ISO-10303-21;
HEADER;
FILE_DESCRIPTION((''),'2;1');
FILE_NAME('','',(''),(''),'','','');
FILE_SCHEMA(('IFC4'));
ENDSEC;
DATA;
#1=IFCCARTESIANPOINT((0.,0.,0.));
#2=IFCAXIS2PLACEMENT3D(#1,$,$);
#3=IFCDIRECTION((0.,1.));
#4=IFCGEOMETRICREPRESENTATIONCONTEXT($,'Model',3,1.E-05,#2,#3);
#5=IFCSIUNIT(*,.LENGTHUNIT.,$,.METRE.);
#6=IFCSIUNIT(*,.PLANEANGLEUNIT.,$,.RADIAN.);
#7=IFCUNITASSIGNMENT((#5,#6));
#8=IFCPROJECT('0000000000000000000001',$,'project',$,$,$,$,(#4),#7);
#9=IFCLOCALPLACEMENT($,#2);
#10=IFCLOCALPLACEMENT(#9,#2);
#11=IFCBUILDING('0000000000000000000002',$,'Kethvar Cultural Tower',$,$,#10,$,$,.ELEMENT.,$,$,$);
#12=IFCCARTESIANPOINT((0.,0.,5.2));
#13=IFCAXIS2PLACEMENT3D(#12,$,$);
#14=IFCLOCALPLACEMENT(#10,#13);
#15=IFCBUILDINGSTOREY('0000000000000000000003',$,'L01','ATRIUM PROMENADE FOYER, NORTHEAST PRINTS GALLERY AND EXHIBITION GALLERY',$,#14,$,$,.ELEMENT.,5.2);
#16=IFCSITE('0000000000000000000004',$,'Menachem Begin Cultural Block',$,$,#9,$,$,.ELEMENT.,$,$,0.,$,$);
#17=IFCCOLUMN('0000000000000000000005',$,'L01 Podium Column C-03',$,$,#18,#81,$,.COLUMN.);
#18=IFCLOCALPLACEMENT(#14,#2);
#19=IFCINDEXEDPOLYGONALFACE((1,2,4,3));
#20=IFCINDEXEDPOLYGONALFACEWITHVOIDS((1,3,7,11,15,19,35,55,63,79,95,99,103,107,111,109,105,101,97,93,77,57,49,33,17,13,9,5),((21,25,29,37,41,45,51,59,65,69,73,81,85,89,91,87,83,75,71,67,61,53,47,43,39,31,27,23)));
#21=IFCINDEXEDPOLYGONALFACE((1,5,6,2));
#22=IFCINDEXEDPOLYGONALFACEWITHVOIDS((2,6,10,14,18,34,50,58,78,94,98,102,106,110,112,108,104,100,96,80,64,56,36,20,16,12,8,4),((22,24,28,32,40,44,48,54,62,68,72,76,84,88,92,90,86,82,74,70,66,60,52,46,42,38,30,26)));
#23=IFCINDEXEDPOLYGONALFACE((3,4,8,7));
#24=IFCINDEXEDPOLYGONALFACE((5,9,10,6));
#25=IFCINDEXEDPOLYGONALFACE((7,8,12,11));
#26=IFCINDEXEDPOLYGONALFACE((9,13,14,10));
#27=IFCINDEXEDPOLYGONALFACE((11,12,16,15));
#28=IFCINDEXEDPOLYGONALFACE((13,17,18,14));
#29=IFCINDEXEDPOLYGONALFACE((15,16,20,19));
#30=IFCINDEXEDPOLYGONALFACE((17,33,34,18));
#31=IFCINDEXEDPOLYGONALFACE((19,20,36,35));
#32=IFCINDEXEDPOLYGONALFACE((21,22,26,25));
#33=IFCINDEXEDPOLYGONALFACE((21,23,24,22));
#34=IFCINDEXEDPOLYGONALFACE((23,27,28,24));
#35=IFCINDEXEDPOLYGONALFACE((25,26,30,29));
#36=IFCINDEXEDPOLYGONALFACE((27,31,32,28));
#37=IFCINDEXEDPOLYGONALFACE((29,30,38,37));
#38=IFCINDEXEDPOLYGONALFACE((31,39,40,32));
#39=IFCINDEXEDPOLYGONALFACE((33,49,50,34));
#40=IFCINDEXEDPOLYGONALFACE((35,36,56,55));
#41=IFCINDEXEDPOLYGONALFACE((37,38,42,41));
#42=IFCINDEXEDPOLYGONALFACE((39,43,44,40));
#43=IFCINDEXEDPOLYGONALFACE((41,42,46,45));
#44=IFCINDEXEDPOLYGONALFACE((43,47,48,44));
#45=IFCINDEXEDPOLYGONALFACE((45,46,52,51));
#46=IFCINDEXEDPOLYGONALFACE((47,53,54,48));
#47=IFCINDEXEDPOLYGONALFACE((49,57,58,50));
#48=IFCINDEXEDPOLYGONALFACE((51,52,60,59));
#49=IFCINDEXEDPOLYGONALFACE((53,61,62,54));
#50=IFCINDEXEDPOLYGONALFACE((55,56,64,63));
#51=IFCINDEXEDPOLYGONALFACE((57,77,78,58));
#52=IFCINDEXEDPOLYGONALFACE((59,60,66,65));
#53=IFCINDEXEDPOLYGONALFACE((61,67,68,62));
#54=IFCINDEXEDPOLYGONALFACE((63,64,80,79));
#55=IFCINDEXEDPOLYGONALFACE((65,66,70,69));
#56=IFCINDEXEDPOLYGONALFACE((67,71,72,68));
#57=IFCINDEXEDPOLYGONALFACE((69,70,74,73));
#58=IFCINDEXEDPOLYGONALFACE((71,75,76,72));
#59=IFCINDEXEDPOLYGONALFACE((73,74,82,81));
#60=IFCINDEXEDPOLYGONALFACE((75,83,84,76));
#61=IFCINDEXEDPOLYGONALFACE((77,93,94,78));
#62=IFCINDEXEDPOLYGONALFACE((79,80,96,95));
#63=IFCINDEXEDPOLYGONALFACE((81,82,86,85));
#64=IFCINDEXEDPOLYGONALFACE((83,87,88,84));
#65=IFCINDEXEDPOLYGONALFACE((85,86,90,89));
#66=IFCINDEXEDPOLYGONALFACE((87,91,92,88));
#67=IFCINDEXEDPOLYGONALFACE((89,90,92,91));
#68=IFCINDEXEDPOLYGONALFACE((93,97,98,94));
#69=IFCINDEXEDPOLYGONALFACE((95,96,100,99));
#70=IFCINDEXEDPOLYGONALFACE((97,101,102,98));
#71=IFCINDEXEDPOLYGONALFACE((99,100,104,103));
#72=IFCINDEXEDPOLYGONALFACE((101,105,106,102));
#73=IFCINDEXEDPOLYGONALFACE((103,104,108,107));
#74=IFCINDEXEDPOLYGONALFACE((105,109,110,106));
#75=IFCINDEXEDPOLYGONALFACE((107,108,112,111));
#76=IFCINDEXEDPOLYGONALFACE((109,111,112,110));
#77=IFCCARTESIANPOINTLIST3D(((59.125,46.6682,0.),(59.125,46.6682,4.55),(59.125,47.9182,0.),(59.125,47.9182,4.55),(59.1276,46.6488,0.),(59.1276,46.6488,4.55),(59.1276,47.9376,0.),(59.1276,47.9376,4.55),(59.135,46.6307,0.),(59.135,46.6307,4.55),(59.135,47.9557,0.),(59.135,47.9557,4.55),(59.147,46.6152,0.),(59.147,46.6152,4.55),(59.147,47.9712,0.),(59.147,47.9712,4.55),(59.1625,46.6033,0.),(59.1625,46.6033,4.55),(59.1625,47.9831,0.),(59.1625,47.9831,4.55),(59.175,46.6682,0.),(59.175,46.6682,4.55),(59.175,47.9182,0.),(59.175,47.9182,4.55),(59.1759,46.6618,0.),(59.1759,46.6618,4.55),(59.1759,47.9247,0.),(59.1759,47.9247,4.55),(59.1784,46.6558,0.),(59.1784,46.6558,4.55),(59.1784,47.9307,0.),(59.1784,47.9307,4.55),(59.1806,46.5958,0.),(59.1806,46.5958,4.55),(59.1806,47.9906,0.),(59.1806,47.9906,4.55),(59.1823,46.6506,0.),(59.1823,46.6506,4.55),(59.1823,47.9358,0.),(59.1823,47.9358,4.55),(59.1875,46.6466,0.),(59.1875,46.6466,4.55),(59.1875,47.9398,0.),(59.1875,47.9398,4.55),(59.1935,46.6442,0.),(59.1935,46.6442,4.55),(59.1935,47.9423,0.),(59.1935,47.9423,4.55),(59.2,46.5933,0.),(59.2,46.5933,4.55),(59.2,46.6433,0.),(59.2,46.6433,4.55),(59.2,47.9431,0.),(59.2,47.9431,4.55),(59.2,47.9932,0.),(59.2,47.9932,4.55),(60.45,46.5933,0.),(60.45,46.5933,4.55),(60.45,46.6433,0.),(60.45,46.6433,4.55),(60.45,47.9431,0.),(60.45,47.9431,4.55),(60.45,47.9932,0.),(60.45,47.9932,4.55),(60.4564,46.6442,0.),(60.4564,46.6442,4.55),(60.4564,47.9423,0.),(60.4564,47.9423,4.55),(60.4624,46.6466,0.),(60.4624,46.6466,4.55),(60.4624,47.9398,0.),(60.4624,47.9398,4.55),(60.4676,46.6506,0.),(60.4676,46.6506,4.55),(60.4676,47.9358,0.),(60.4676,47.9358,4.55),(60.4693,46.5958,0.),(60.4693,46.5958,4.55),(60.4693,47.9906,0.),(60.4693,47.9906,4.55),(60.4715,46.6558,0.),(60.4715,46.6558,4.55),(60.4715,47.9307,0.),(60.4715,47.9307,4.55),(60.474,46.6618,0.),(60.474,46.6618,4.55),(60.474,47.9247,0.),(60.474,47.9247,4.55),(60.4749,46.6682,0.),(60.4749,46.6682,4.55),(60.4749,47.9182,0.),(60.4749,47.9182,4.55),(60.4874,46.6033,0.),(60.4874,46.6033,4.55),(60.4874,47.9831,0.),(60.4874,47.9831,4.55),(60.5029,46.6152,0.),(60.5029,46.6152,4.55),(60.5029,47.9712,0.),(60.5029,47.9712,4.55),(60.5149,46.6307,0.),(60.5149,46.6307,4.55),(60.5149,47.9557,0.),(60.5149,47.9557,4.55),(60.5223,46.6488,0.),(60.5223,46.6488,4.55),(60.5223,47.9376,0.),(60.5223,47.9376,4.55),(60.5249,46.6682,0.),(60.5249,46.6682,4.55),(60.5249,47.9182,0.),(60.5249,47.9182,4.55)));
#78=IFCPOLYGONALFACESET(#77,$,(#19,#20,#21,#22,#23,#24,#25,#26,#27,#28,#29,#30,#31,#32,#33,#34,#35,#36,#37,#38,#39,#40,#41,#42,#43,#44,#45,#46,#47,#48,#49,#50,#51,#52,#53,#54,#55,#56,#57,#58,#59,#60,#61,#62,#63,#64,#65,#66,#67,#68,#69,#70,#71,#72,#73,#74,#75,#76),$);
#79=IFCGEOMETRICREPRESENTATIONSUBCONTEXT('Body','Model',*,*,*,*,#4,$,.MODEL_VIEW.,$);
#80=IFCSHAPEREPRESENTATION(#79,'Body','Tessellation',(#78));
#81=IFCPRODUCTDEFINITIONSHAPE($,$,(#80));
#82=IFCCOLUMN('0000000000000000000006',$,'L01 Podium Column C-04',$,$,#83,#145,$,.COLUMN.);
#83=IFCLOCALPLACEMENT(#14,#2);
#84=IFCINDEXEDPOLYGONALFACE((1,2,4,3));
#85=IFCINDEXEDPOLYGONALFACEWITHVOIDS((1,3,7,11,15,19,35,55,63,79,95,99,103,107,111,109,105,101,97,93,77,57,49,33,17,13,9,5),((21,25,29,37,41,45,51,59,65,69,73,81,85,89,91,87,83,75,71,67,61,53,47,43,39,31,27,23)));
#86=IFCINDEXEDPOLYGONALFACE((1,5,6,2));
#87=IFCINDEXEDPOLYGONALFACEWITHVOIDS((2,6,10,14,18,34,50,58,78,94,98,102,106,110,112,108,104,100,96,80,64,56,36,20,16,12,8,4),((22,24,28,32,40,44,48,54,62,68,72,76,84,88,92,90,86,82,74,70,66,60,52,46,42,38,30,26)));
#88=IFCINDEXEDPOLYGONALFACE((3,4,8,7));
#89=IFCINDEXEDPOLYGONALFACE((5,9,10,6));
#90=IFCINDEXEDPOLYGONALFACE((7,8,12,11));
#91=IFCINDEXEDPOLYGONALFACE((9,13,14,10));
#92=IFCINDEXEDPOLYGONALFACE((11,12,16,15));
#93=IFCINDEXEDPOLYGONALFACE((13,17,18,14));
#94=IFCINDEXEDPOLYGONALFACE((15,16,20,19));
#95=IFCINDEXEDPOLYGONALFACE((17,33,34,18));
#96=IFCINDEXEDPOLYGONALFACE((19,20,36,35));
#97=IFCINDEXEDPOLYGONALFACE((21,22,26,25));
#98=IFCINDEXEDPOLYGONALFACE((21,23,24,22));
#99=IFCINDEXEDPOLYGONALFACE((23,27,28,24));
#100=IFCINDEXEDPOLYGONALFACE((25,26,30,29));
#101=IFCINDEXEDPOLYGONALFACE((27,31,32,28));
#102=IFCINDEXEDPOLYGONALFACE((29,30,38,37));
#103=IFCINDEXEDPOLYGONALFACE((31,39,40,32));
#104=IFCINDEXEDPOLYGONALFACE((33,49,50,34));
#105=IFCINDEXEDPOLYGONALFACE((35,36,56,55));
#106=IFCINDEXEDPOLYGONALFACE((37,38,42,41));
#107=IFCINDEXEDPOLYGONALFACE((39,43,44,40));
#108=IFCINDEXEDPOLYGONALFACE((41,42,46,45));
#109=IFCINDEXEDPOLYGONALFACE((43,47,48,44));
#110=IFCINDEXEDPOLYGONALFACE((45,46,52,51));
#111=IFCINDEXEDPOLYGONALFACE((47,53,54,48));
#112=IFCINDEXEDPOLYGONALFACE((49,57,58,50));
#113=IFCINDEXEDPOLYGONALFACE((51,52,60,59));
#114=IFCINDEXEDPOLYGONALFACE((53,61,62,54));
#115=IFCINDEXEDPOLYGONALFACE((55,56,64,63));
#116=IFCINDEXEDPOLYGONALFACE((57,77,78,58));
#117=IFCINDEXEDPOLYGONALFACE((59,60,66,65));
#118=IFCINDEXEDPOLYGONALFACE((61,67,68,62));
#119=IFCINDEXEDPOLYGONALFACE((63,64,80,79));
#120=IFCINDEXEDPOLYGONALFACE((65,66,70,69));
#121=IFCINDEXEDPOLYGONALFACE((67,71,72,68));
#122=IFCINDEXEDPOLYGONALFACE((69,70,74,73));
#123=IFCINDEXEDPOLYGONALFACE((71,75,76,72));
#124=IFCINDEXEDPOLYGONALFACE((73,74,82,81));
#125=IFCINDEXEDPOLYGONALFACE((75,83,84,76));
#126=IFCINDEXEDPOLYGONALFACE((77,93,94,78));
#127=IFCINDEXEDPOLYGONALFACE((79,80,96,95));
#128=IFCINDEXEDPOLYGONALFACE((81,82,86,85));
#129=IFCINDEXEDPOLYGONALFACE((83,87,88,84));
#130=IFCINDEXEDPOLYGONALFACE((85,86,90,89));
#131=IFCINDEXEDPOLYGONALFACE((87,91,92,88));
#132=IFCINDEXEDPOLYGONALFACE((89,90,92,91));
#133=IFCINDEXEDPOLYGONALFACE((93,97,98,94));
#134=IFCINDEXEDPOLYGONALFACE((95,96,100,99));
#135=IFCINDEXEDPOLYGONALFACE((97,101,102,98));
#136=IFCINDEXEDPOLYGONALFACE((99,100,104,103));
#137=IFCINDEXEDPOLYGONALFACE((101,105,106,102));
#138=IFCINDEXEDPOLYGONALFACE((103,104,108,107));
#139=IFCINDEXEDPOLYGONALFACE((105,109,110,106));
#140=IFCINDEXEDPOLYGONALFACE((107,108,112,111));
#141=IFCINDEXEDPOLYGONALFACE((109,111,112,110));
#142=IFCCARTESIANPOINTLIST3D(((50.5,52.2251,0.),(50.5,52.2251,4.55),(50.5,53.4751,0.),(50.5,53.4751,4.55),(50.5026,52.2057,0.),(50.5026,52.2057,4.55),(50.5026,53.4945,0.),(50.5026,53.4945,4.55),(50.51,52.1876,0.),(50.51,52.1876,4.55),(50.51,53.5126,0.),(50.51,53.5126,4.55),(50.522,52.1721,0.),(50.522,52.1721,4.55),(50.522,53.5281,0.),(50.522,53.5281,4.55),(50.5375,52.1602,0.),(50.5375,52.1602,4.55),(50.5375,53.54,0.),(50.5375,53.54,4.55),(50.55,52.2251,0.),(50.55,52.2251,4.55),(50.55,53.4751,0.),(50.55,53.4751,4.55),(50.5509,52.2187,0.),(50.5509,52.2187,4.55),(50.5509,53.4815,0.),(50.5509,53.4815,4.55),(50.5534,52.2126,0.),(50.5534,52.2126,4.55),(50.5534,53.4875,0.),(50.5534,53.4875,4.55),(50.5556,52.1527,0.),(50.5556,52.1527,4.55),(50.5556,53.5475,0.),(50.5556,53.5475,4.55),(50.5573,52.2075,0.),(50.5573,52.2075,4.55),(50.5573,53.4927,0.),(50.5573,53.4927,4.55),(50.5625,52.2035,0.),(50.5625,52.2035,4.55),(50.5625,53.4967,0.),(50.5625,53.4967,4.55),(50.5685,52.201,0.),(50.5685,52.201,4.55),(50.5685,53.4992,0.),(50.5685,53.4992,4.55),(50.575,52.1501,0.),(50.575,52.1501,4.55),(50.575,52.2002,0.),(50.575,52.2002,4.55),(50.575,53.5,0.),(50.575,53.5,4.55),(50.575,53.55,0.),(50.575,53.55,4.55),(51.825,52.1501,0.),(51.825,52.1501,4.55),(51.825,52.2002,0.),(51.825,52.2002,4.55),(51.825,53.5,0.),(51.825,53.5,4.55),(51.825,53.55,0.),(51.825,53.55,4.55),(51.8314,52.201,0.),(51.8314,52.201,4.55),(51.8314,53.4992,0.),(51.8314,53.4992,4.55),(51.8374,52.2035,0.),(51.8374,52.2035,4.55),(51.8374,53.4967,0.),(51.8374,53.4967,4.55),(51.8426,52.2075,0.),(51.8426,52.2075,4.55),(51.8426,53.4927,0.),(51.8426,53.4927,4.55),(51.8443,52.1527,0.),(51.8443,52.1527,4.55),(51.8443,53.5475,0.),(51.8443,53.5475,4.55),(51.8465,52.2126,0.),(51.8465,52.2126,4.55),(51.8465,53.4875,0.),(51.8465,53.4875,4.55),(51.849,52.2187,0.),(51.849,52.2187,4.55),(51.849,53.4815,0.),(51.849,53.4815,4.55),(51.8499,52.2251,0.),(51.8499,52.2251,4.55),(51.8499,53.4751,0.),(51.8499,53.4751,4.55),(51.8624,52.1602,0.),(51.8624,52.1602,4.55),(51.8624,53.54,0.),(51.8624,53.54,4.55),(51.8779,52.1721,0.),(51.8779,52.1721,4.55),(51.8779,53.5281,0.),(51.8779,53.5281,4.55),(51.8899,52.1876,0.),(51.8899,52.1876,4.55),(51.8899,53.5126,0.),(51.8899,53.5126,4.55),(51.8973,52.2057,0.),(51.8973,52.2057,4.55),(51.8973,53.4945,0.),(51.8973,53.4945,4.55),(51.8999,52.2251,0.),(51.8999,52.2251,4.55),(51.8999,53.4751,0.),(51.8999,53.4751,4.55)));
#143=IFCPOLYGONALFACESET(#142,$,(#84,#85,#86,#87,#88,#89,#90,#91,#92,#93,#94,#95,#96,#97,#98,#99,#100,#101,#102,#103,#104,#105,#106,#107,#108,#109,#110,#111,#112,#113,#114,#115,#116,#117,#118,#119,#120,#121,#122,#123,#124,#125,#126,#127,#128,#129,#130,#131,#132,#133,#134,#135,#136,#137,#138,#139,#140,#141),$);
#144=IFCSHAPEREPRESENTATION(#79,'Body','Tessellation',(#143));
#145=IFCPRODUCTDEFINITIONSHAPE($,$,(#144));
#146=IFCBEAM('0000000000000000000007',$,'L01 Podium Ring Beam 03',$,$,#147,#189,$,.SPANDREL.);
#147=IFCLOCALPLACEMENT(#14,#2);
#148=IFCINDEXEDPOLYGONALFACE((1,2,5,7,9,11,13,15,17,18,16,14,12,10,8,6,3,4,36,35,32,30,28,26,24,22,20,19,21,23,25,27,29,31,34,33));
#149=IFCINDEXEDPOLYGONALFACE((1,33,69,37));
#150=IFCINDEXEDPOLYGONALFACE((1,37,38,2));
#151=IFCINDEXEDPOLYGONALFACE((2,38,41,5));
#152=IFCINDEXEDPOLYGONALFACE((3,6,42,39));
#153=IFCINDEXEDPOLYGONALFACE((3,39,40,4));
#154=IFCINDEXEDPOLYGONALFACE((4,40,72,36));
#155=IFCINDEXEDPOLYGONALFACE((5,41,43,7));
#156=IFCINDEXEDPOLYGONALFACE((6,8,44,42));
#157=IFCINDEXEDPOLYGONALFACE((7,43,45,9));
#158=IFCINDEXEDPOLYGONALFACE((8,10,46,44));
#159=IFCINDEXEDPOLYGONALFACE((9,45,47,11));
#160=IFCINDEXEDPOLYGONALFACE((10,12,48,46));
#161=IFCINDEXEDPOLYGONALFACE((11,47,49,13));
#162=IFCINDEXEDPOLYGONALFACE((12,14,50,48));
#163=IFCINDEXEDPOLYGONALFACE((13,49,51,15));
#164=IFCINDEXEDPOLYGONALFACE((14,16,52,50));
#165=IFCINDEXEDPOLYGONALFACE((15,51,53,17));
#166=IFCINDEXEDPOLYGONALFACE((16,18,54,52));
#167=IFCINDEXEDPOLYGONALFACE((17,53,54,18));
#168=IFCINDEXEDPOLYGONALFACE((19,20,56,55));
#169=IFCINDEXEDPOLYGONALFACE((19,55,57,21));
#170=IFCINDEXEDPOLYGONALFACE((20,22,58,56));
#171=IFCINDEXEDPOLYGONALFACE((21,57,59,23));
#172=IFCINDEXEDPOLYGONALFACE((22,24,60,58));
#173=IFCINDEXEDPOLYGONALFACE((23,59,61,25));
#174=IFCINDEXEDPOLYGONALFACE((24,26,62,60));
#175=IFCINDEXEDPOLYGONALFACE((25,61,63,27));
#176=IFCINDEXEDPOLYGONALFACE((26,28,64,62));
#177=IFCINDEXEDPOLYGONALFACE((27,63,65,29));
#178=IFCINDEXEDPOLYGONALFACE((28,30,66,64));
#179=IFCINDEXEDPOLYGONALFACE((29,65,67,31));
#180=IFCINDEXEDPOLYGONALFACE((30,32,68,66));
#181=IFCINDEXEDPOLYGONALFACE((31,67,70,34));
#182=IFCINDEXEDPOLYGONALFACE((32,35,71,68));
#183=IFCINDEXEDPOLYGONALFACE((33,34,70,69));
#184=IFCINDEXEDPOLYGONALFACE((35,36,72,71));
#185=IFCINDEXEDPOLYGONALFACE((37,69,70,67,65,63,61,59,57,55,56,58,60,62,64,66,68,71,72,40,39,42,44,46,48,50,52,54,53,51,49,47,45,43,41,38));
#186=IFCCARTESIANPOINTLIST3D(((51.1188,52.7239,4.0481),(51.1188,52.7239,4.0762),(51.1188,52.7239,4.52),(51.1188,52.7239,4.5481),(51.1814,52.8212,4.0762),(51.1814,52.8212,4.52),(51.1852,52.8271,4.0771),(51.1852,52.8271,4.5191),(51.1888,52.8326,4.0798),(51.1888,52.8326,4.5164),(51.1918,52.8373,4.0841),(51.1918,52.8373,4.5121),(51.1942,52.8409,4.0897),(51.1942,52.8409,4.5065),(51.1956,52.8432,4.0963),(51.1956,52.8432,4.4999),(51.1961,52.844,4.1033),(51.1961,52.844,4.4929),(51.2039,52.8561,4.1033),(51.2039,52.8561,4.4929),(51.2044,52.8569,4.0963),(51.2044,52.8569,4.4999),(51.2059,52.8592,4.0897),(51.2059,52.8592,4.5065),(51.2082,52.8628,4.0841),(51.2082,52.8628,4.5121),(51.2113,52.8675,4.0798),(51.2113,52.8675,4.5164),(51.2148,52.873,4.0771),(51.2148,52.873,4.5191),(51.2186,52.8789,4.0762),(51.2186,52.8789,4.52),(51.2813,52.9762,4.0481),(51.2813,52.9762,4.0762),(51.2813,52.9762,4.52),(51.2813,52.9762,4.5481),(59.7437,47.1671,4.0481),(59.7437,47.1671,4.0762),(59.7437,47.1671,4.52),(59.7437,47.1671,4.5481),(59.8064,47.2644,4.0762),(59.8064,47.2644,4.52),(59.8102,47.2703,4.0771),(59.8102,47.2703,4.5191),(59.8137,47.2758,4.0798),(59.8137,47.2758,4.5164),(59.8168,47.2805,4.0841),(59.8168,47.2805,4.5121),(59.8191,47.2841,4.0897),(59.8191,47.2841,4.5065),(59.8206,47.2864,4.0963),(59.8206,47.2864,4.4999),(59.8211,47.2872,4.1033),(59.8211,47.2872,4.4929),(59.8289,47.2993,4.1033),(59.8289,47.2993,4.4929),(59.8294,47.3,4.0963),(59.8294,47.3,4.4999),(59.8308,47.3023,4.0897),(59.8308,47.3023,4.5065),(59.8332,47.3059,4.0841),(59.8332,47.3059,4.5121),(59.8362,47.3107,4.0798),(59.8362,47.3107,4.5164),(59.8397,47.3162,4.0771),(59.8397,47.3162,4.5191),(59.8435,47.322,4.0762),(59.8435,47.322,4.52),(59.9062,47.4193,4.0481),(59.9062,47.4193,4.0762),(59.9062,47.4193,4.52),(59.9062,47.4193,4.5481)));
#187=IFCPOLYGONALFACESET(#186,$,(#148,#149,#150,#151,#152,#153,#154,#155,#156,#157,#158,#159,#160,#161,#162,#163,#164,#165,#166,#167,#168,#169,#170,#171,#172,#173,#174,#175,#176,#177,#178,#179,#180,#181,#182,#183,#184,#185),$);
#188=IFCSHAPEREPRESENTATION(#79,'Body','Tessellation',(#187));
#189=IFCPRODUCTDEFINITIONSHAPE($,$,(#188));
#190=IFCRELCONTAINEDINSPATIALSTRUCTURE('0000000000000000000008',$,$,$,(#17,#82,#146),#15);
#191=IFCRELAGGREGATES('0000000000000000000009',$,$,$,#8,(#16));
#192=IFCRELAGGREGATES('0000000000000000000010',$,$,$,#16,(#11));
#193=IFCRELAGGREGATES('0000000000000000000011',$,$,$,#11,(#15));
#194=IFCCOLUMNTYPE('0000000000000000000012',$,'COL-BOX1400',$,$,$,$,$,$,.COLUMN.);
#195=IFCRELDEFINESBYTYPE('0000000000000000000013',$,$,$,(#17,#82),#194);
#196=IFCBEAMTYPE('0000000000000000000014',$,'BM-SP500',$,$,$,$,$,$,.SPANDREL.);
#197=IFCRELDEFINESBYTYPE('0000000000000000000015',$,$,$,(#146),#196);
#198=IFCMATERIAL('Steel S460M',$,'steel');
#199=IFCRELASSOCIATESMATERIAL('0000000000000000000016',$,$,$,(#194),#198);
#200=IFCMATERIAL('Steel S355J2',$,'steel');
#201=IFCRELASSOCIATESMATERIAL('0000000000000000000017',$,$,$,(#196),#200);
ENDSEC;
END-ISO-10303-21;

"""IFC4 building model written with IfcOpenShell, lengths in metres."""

from ifc_helpers import new_model, si_unit, direction, frame, origin, origin_2d, place, context, subcontext, project, spatial, hollow_rectangle, i_section, extrude, source, transform, mapped, material, material_profile, profile_set, type_object, element, save


model = new_model("IFC4")

# Units and contexts
model_context = context("Model", 3, precision=1e-05, world=origin(), true_north=direction((0.0, 1.0)))
body_context = subcontext(model_context, "Body", "Model", "MODEL_VIEW")
ifc_project = project(units=[si_unit("LENGTHUNIT", "METRE"), si_unit("PLANEANGLEUNIT", "RADIAN")], contexts=[model_context])

# Site, building, storey
site_placement = place(None, origin())
site = spatial("IfcSite", under=ifc_project, at=site_placement, Name="Menachem Begin Cultural Block", CompositionType="ELEMENT", RefElevation=0.0)
building_placement = place(site_placement, origin())
building = spatial("IfcBuilding", under=site, at=building_placement, Name="Kethvar Cultural Tower", CompositionType="ELEMENT")
storey_placement = place(building_placement, frame((0.0, 0.0, 5.2)))
storey = spatial("IfcBuildingStorey", under=building, at=storey_placement, Name="L01", Description="ATRIUM PROMENADE FOYER, NORTHEAST PRINTS GALLERY AND EXHIBITION GALLERY", CompositionType="ELEMENT", Elevation=5.2)

# Columns
ifc_material_1 = material(Name="Steel S460M", Category="steel")
ifc_material_profile_1 = material_profile(ifc_material_1, hollow_rectangle(XDim=1.3999, YDim=1.3999, WallThickness=0.05, InnerFilletRadius=0.0249, OuterFilletRadius=0.075, at=origin_2d()), Name="Steel S460M — BOX1400x1400x50")
ifc_profile_set_1 = profile_set([ifc_material_profile_1], Name="Steel S460M — BOX1400x1400x50")
column_type = type_object("IfcColumnType", Name="COL-BOX1400", PredefinedType="COLUMN", material=ifc_profile_set_1)
shared_shape_1 = source(origin(), body_context, "Body", "SweptSolid", [
    extrude(hollow_rectangle(XDim=1.3999, YDim=1.3999, WallThickness=0.05, InnerFilletRadius=0.0249, OuterFilletRadius=0.075, at=origin_2d()), origin(), (0.0, 0.0, 1.0), 4.55),
])
for number, where, z_axis, x_axis, name in (
    (1, (59.825, 47.2932, 0.0), (0.0, 0.0, 1.0), (1.0, 0.0, 0.0), "L01 Podium Column C-03"),
    (2, (51.2, 52.8501, 0.0), (0.0, 0.0, 1.0), (1.0, 0.0, 0.0), "L01 Podium Column C-04"),
):
    element("IfcColumn", number, at=place(storey_placement, frame(where, z_axis=z_axis, x_axis=x_axis)), inside=storey, type_object=column_type, Name=name, PredefinedType="COLUMN", context=body_context, shape_type="MappedRepresentation", body=[
        mapped(shared_shape_1, transform((0.0, 0.0, 0.0), scale=1.0)),
    ])

# Beam
ifc_material_2 = material(Name="Steel S355J2", Category="steel")
ifc_material_profile_2 = material_profile(ifc_material_2, i_section(OverallWidth=0.3, OverallDepth=0.5, WebThickness=0.0144, FlangeThickness=0.0281, FilletRadius=0.0271, at=origin_2d()), Name="Steel S355J2 — HEB500")
ifc_profile_set_2 = profile_set([ifc_material_profile_2], Name="Steel S355J2 — HEB500")
beam_type_1 = type_object("IfcBeamType", Name="BM-SP500", PredefinedType="SPANDREL", material=ifc_profile_set_2)
shared_shape_2 = source(origin(), body_context, "Body", "SweptSolid", [
    extrude(i_section(OverallWidth=0.3, OverallDepth=0.5, WebThickness=0.0144, FlangeThickness=0.0281, FilletRadius=0.0271, at=origin_2d()), origin(), (0.0, 0.0, 1.0), 10.26),
])
beam_1_placement = place(storey_placement, frame((59.825, 47.2932, 4.2981), z_axis=(-0.840635, 0.541602, 0.0), x_axis=(-0.541602, -0.840635, 0.0)))
element("IfcBeam", 3, at=beam_1_placement, inside=storey, type_object=beam_type_1, Name="L01 Podium Ring Beam 03", PredefinedType="SPANDREL", context=body_context, shape_type="MappedRepresentation", body=[
    mapped(shared_shape_2, transform((0.0, 0.0, 0.0), scale=1.0)),
])

save(model, "model.ifc")
